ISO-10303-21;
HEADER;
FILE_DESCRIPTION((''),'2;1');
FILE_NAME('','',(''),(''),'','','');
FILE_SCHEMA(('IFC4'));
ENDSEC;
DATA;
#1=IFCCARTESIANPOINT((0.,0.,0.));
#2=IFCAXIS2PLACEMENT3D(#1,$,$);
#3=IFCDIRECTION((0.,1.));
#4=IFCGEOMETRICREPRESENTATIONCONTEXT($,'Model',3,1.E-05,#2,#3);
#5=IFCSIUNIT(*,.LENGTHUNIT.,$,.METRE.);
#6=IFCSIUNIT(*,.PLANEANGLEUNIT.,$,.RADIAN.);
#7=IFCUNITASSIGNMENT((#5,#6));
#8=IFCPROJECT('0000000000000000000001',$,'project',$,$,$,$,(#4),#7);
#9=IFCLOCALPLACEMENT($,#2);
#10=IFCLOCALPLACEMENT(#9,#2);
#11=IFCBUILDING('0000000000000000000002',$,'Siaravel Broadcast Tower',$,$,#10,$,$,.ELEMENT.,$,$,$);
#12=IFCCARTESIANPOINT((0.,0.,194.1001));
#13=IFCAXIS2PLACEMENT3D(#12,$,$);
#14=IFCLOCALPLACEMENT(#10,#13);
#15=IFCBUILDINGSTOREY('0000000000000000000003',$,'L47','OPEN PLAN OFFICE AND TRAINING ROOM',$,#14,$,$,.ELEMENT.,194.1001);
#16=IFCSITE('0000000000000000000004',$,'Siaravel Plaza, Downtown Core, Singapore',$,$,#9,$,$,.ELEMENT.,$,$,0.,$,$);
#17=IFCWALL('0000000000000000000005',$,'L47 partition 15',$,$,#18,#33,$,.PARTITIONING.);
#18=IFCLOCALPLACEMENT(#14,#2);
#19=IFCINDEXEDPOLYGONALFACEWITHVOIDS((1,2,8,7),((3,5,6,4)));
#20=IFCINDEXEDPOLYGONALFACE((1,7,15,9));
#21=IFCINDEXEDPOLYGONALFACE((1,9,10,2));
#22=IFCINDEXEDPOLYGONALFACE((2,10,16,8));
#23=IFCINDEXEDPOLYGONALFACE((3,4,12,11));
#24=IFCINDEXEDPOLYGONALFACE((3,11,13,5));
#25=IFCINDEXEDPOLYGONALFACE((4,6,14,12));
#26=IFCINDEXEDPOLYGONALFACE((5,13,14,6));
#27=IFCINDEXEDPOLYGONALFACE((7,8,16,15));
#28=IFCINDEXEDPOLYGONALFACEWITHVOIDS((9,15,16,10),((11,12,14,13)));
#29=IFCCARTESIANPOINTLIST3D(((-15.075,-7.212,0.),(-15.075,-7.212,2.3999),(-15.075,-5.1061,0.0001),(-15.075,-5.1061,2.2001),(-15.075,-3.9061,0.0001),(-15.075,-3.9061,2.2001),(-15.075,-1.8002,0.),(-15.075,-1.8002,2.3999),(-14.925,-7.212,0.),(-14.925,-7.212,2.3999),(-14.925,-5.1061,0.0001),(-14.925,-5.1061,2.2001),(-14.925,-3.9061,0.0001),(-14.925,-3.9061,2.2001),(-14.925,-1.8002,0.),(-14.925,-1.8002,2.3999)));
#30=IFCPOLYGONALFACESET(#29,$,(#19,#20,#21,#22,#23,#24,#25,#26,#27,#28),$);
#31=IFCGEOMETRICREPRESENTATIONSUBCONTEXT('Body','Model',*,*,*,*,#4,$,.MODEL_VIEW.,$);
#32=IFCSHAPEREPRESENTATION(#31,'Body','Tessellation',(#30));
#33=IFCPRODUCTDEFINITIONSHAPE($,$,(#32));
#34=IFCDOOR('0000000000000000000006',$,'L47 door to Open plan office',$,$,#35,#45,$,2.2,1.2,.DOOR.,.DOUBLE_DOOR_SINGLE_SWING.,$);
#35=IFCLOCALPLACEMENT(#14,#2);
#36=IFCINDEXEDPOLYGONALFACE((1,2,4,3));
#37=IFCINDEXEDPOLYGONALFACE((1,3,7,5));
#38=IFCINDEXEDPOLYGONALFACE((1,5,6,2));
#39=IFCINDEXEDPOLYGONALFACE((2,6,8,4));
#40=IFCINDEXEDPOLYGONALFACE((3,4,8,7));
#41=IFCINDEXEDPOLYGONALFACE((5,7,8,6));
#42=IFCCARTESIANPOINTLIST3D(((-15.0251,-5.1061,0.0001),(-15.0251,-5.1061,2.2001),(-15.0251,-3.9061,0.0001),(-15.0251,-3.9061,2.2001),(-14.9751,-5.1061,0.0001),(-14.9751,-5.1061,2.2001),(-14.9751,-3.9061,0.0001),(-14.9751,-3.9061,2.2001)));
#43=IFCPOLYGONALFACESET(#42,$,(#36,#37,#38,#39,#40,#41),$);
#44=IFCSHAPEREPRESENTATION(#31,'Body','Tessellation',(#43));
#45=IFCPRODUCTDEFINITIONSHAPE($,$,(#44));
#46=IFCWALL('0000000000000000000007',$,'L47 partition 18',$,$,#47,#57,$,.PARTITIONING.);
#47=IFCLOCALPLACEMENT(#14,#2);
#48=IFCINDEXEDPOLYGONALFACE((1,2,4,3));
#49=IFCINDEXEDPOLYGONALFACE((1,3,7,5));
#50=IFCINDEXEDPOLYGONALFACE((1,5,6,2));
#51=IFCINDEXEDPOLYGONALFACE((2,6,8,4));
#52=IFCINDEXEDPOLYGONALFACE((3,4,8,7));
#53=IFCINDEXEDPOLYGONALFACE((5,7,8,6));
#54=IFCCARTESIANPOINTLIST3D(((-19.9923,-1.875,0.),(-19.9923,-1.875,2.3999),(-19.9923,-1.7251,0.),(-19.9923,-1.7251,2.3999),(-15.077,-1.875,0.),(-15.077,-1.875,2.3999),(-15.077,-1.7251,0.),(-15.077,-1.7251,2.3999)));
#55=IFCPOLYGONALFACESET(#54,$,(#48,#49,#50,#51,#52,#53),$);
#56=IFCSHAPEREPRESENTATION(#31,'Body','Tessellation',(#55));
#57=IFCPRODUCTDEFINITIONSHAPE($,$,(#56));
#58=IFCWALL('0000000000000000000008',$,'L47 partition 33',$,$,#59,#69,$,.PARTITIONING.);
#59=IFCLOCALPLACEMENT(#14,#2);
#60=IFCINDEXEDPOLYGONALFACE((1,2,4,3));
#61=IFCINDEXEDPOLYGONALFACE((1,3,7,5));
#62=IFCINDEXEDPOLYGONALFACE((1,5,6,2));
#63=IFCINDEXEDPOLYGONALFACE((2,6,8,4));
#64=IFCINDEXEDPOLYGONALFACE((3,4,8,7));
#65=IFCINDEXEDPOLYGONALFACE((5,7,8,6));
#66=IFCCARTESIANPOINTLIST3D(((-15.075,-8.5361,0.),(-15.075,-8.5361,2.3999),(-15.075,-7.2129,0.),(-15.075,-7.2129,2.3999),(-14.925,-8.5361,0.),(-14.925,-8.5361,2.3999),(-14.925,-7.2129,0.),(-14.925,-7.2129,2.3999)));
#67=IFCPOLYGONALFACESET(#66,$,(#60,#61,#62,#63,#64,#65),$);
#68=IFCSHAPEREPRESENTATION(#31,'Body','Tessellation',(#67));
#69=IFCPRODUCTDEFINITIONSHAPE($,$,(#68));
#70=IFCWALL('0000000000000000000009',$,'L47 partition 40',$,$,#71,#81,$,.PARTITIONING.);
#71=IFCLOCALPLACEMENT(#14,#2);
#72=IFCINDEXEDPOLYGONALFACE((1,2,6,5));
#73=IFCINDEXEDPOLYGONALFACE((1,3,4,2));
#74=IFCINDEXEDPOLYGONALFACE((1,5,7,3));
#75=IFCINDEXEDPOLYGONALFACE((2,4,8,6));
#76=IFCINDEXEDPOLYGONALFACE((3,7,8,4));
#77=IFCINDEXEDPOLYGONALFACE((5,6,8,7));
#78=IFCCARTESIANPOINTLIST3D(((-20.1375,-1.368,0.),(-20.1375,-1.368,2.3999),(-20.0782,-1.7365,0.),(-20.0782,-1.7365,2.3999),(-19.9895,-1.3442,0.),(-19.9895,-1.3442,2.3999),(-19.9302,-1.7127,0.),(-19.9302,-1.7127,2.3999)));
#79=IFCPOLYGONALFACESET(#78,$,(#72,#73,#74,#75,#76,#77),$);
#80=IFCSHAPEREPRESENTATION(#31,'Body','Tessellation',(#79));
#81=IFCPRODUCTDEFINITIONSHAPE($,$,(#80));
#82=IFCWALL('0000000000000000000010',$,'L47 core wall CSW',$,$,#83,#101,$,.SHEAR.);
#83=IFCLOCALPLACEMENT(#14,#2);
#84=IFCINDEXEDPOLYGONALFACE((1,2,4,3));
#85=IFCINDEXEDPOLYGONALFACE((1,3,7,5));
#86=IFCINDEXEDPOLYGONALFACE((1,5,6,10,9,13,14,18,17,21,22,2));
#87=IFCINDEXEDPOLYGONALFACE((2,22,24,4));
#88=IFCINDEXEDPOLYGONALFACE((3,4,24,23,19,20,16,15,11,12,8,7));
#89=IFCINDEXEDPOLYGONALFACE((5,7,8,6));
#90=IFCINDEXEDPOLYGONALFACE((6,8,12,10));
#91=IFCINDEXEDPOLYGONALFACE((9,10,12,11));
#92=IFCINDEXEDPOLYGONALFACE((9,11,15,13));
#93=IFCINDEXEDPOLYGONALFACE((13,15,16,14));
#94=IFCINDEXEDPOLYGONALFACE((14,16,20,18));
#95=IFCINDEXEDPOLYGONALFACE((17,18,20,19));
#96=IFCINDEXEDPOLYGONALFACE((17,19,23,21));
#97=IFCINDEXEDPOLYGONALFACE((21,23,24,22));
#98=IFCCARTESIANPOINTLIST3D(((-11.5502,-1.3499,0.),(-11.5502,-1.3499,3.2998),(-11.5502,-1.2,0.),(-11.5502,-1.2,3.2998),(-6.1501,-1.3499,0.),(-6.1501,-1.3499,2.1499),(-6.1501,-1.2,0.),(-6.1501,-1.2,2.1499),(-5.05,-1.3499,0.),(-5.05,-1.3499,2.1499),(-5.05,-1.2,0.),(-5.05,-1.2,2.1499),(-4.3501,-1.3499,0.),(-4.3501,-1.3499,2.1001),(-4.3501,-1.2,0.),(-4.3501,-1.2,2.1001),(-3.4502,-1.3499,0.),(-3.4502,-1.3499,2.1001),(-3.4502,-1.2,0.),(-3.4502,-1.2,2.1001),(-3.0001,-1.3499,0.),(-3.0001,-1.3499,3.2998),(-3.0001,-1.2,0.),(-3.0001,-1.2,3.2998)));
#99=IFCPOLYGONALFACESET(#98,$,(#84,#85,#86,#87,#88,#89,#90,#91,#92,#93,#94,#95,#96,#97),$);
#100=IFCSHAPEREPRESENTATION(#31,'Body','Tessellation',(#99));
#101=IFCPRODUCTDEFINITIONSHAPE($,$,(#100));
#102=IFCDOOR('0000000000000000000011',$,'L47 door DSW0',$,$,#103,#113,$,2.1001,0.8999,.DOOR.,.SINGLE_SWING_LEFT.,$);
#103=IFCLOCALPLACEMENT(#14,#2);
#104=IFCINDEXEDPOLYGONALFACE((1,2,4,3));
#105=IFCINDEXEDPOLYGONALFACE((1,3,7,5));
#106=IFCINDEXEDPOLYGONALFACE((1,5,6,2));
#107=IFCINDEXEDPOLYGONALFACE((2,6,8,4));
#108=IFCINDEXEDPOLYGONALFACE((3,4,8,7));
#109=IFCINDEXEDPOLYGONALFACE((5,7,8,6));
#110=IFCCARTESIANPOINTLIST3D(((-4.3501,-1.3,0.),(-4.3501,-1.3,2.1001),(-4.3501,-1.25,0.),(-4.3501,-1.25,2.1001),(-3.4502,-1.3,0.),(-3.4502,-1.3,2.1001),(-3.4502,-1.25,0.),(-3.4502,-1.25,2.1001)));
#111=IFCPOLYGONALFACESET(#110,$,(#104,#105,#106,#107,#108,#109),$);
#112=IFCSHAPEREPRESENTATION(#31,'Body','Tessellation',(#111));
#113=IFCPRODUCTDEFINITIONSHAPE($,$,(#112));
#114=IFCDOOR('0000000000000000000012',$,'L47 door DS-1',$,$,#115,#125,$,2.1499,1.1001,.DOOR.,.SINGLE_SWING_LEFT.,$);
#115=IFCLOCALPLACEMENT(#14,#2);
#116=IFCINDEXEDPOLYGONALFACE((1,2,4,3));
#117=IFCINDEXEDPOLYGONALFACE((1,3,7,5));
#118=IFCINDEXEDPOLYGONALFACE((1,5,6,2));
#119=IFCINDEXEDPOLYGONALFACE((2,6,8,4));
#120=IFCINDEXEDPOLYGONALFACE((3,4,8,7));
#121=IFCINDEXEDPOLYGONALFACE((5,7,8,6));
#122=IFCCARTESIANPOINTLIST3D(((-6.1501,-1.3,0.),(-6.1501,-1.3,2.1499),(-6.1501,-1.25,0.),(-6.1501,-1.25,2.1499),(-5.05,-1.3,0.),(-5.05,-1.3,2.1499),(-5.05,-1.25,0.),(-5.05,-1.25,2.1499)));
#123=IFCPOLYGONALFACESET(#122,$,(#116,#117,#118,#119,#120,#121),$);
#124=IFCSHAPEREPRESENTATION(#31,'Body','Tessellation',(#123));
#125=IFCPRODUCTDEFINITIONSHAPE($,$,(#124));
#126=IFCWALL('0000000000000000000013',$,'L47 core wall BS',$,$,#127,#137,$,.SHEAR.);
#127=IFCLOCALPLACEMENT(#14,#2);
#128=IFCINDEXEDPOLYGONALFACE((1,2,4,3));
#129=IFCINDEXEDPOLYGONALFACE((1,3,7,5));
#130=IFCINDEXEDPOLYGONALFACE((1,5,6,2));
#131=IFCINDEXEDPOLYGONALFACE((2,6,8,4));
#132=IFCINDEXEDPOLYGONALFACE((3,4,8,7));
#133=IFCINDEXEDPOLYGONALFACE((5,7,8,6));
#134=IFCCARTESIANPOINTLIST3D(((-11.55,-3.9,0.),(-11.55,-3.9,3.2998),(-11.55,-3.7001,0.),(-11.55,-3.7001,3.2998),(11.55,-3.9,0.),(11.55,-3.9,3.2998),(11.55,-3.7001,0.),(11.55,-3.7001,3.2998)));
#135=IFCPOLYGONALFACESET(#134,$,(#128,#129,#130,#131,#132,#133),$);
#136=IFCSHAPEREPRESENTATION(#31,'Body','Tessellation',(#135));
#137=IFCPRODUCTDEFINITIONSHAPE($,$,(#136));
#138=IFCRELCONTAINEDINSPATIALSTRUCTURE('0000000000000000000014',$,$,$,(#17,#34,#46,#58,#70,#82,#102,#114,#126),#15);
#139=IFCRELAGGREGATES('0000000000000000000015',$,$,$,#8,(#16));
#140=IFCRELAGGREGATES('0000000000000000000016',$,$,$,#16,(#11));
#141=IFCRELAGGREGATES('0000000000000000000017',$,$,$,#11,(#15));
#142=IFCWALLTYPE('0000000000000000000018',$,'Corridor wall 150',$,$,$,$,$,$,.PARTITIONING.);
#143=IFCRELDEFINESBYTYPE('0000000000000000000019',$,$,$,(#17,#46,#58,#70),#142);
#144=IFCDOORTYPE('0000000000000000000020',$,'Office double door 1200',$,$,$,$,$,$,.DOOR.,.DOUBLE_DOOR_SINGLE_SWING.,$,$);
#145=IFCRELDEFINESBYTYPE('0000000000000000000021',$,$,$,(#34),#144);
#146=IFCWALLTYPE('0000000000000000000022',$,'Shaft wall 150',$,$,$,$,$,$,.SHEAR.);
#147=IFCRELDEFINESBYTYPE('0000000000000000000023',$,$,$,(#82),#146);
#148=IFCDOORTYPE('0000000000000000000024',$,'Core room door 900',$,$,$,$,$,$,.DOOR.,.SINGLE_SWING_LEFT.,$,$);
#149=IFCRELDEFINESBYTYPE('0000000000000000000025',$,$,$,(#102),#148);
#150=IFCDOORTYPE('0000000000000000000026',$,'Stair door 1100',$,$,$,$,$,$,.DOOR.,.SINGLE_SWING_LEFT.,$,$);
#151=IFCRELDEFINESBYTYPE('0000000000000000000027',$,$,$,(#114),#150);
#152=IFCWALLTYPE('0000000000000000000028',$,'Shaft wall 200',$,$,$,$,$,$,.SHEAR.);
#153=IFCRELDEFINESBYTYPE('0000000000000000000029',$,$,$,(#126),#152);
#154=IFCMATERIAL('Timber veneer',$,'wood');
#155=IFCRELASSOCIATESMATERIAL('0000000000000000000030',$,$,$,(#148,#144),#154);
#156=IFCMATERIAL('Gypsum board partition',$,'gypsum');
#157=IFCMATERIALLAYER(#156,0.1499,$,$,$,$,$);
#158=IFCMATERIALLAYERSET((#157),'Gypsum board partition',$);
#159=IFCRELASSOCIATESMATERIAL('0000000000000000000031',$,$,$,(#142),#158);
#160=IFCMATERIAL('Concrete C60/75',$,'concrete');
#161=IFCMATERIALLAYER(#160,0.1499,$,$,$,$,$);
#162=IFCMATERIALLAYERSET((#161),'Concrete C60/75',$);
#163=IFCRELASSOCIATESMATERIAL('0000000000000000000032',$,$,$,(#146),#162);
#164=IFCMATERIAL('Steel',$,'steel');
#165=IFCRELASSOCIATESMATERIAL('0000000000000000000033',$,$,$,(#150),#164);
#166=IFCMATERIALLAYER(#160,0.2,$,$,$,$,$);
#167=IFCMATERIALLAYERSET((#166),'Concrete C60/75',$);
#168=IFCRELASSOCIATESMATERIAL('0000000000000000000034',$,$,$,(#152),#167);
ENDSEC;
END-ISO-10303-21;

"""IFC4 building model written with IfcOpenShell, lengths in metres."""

from ifc_helpers import new_model, si_unit, direction, frame, frame_2d, origin, place, context, subcontext, project, spatial, rectangle, extrude, material, layer, layer_set, type_object, element, fill, save


model = new_model("IFC4")

# Units and contexts
model_context = context("Model", 3, precision=1e-05, world=origin(), true_north=direction((0.0, 1.0)))
body_context = subcontext(model_context, "Body", "Model", "MODEL_VIEW")
ifc_project = project(units=[si_unit("LENGTHUNIT", "METRE"), si_unit("PLANEANGLEUNIT", "RADIAN")], contexts=[model_context])

# Site, building, storey
site_placement = place(None, origin())
site = spatial("IfcSite", under=ifc_project, at=site_placement, Name="Siaravel Plaza, Downtown Core, Singapore", CompositionType="ELEMENT", RefElevation=0.0)
building_placement = place(site_placement, origin())
building = spatial("IfcBuilding", under=site, at=building_placement, Name="Siaravel Broadcast Tower", CompositionType="ELEMENT")
storey_placement = place(building_placement, frame((0.0, 0.0, 194.1001)))
storey = spatial("IfcBuildingStorey", under=building, at=storey_placement, Name="L47", Description="OPEN PLAN OFFICE AND TRAINING ROOM", CompositionType="ELEMENT", Elevation=194.1001)

# Shared definitions
ifc_material_1 = material(Name="Concrete C60/75", Category="concrete")

# Shared definitions
ifc_material_2 = material(Name="Steel", Category="steel")

# Shared definitions
ifc_material_3 = material(Name="Timber veneer", Category="wood")
door_type_1 = type_object("IfcDoorType", Name="Core room door 900", OperationType="SINGLE_SWING_LEFT", PredefinedType="DOOR", material=ifc_material_3)

# Wall, opening, door
ifc_material_4 = material(Name="Gypsum board partition", Category="gypsum")
ifc_layer_1 = layer(ifc_material_4, 0.1499)
ifc_layer_set_1 = layer_set([ifc_layer_1], Name="Gypsum board partition")
wall_type_1 = type_object("IfcWallType", Name="Corridor wall 150", PredefinedType="PARTITIONING", material=ifc_layer_set_1)
wall_1_placement = place(storey_placement, frame((-15.0, -1.8, 0.0), z_axis=(0.0, 0.0, 1.0), x_axis=(0.0, -1.0, 0.0)))
wall_1 = element("IfcWall", 1, at=wall_1_placement, inside=storey, type_object=wall_type_1, Name="L47 partition 15", PredefinedType="PARTITIONING", context=body_context, shape_type="SweptSolid", body=[
    extrude(rectangle(XDim=5.4119, YDim=0.1499, at=frame_2d((2.7061, 0.0))), origin(), (0.0, 0.0, 1.0), 2.3999),
])
opening_1_placement = place(wall_1_placement, frame((2.106, 0.0, 0.0)))
opening_1 = element("IfcOpeningElement", 2, at=opening_1_placement, cuts=wall_1, PredefinedType="OPENING", context=body_context, shape_type="SweptSolid", body=[
    extrude(rectangle(XDim=1.2, YDim=2.2, at=frame_2d((0.6001, 1.1001))), frame((0.0, 0.085, 0.0), z_axis=(0.0, -1.0, 0.0), x_axis=(1.0, 0.0, 0.0)), (0.0, 0.0, 1.0), 0.1699),
])
door_type_2 = type_object("IfcDoorType", Name="Office double door 1200", OperationType="DOUBLE_DOOR_SINGLE_SWING", PredefinedType="DOOR", material=ifc_material_3)
door_1_placement = place(opening_1_placement, origin())
door_1 = element("IfcDoor", 3, at=door_1_placement, inside=storey, type_object=door_type_2, Name="L47 door to Open plan office", OperationType="DOUBLE_DOOR_SINGLE_SWING", OverallHeight=2.2, OverallWidth=1.2, PredefinedType="DOOR", context=body_context, shape_type="SweptSolid", body=[
    extrude(rectangle(XDim=1.2, YDim=2.2, at=frame_2d((0.6001, 1.1001))), frame((0.0, 0.0249, 0.0), z_axis=(0.0, -1.0, 0.0), x_axis=(1.0, 0.0, 0.0)), (0.0, 0.0, 1.0), 0.05),
])
fill(opening_1, door_1)

# Walls
wall_2_placement = place(storey_placement, frame((-19.9922, -1.8, 0.0), z_axis=(0.0, 0.0, 1.0), x_axis=(1.0, 0.0, 0.0)))
element("IfcWall", 4, at=wall_2_placement, inside=storey, type_object=wall_type_1, Name="L47 partition 18", PredefinedType="PARTITIONING", context=body_context, shape_type="SweptSolid", body=[
    extrude(rectangle(XDim=4.9153, YDim=0.1499, at=frame_2d((2.4575, 0.0))), origin(), (0.0, 0.0, 1.0), 2.3999),
])
wall_3_placement = place(storey_placement, frame((-15.0, -7.2129, 0.0), z_axis=(0.0, 0.0, 1.0), x_axis=(0.0, -1.0, 0.0)))
element("IfcWall", 5, at=wall_3_placement, inside=storey, type_object=wall_type_1, Name="L47 partition 33", PredefinedType="PARTITIONING", context=body_context, shape_type="SweptSolid", body=[
    extrude(rectangle(XDim=1.3232, YDim=0.1499, at=frame_2d((0.6616, 0.0))), origin(), (0.0, 0.0, 1.0), 2.3999),
])
wall_4_placement = place(storey_placement, frame((-20.0635, -1.3562, 0.0), z_axis=(0.0, 0.0, 1.0), x_axis=(0.158883, -0.987297, 0.0)))
element("IfcWall", 6, at=wall_4_placement, inside=storey, type_object=wall_type_1, Name="L47 partition 40", PredefinedType="PARTITIONING", context=body_context, shape_type="SweptSolid", body=[
    extrude(rectangle(XDim=0.3733, YDim=0.1499, at=frame_2d((0.1865, 0.0))), origin(), (0.0, 0.0, 1.0), 2.3999),
])

# Wall, openings, doors
ifc_layer_2 = layer(ifc_material_1, 0.1499)
ifc_layer_set_2 = layer_set([ifc_layer_2], Name="Concrete C60/75")
wall_type_2 = type_object("IfcWallType", Name="Shaft wall 150", PredefinedType="SHEAR", material=ifc_layer_set_2)
wall_5_placement = place(storey_placement, frame((-11.55, -1.2749, 0.0), z_axis=(0.0, 0.0, 1.0), x_axis=(1.0, 0.0, 0.0)))
wall_5 = element("IfcWall", 7, at=wall_5_placement, inside=storey, type_object=wall_type_2, Name="L47 core wall CSW", PredefinedType="SHEAR", context=body_context, shape_type="SweptSolid", body=[
    extrude(rectangle(XDim=8.55, YDim=0.1499, at=frame_2d((4.2749, 0.0))), origin(), (0.0, 0.0, 1.0), 3.2998),
])
opening_2_placement = place(wall_5_placement, frame((5.3999, 0.0, 0.0)))
opening_2 = element("IfcOpeningElement", 8, at=opening_2_placement, cuts=wall_5, PredefinedType="OPENING", context=body_context, shape_type="SweptSolid", body=[
    extrude(rectangle(XDim=1.1001, YDim=2.1499, at=frame_2d((0.55, 1.075))), frame((0.0, 0.085, 0.0), z_axis=(0.0, -1.0, 0.0), x_axis=(1.0, 0.0, 0.0)), (0.0, 0.0, 1.0), 0.1699),
])
opening_3_placement = place(wall_5_placement, frame((7.2, 0.0, 0.0)))
opening_3 = element("IfcOpeningElement", 9, at=opening_3_placement, cuts=wall_5, PredefinedType="OPENING", context=body_context, shape_type="SweptSolid", body=[
    extrude(rectangle(XDim=0.8999, YDim=2.1001, at=frame_2d((0.45, 1.05))), frame((0.0, 0.085, 0.0), z_axis=(0.0, -1.0, 0.0), x_axis=(1.0, 0.0, 0.0)), (0.0, 0.0, 1.0), 0.1699),
])
door_2_placement = place(opening_3_placement, origin())
door_2 = element("IfcDoor", 10, at=door_2_placement, inside=storey, type_object=door_type_1, Name="L47 door DSW0", OperationType="SINGLE_SWING_LEFT", OverallHeight=2.1001, OverallWidth=0.8999, PredefinedType="DOOR", context=body_context, shape_type="SweptSolid", body=[
    extrude(rectangle(XDim=0.8999, YDim=2.1001, at=frame_2d((0.45, 1.05))), frame((0.0, 0.0249, 0.0), z_axis=(0.0, -1.0, 0.0), x_axis=(1.0, 0.0, 0.0)), (0.0, 0.0, 1.0), 0.05),
])
fill(opening_3, door_2)
door_type_3 = type_object("IfcDoorType", Name="Stair door 1100", OperationType="SINGLE_SWING_LEFT", PredefinedType="DOOR", material=ifc_material_2)
door_3_placement = place(opening_2_placement, origin())
door_3 = element("IfcDoor", 11, at=door_3_placement, inside=storey, type_object=door_type_3, Name="L47 door DS-1", OperationType="SINGLE_SWING_LEFT", OverallHeight=2.1499, OverallWidth=1.1001, PredefinedType="DOOR", context=body_context, shape_type="SweptSolid", body=[
    extrude(rectangle(XDim=1.1001, YDim=2.1499, at=frame_2d((0.55, 1.075))), frame((0.0, 0.0249, 0.0), z_axis=(0.0, -1.0, 0.0), x_axis=(1.0, 0.0, 0.0)), (0.0, 0.0, 1.0), 0.05),
])
fill(opening_2, door_3)

# Wall
ifc_layer_3 = layer(ifc_material_1, 0.2)
ifc_layer_set_3 = layer_set([ifc_layer_3], Name="Concrete C60/75")
wall_type_3 = type_object("IfcWallType", Name="Shaft wall 200", PredefinedType="SHEAR", material=ifc_layer_set_3)
wall_6_placement = place(storey_placement, frame((-11.55, -3.8, 0.0), z_axis=(0.0, 0.0, 1.0), x_axis=(1.0, 0.0, 0.0)))
element("IfcWall", 12, at=wall_6_placement, inside=storey, type_object=wall_type_3, Name="L47 core wall BS", PredefinedType="SHEAR", context=body_context, shape_type="SweptSolid", body=[
    extrude(rectangle(XDim=23.1001, YDim=0.2, at=frame_2d((11.55, 0.0))), origin(), (0.0, 0.0, 1.0), 3.2998),
])

save(model, "model.ifc")
